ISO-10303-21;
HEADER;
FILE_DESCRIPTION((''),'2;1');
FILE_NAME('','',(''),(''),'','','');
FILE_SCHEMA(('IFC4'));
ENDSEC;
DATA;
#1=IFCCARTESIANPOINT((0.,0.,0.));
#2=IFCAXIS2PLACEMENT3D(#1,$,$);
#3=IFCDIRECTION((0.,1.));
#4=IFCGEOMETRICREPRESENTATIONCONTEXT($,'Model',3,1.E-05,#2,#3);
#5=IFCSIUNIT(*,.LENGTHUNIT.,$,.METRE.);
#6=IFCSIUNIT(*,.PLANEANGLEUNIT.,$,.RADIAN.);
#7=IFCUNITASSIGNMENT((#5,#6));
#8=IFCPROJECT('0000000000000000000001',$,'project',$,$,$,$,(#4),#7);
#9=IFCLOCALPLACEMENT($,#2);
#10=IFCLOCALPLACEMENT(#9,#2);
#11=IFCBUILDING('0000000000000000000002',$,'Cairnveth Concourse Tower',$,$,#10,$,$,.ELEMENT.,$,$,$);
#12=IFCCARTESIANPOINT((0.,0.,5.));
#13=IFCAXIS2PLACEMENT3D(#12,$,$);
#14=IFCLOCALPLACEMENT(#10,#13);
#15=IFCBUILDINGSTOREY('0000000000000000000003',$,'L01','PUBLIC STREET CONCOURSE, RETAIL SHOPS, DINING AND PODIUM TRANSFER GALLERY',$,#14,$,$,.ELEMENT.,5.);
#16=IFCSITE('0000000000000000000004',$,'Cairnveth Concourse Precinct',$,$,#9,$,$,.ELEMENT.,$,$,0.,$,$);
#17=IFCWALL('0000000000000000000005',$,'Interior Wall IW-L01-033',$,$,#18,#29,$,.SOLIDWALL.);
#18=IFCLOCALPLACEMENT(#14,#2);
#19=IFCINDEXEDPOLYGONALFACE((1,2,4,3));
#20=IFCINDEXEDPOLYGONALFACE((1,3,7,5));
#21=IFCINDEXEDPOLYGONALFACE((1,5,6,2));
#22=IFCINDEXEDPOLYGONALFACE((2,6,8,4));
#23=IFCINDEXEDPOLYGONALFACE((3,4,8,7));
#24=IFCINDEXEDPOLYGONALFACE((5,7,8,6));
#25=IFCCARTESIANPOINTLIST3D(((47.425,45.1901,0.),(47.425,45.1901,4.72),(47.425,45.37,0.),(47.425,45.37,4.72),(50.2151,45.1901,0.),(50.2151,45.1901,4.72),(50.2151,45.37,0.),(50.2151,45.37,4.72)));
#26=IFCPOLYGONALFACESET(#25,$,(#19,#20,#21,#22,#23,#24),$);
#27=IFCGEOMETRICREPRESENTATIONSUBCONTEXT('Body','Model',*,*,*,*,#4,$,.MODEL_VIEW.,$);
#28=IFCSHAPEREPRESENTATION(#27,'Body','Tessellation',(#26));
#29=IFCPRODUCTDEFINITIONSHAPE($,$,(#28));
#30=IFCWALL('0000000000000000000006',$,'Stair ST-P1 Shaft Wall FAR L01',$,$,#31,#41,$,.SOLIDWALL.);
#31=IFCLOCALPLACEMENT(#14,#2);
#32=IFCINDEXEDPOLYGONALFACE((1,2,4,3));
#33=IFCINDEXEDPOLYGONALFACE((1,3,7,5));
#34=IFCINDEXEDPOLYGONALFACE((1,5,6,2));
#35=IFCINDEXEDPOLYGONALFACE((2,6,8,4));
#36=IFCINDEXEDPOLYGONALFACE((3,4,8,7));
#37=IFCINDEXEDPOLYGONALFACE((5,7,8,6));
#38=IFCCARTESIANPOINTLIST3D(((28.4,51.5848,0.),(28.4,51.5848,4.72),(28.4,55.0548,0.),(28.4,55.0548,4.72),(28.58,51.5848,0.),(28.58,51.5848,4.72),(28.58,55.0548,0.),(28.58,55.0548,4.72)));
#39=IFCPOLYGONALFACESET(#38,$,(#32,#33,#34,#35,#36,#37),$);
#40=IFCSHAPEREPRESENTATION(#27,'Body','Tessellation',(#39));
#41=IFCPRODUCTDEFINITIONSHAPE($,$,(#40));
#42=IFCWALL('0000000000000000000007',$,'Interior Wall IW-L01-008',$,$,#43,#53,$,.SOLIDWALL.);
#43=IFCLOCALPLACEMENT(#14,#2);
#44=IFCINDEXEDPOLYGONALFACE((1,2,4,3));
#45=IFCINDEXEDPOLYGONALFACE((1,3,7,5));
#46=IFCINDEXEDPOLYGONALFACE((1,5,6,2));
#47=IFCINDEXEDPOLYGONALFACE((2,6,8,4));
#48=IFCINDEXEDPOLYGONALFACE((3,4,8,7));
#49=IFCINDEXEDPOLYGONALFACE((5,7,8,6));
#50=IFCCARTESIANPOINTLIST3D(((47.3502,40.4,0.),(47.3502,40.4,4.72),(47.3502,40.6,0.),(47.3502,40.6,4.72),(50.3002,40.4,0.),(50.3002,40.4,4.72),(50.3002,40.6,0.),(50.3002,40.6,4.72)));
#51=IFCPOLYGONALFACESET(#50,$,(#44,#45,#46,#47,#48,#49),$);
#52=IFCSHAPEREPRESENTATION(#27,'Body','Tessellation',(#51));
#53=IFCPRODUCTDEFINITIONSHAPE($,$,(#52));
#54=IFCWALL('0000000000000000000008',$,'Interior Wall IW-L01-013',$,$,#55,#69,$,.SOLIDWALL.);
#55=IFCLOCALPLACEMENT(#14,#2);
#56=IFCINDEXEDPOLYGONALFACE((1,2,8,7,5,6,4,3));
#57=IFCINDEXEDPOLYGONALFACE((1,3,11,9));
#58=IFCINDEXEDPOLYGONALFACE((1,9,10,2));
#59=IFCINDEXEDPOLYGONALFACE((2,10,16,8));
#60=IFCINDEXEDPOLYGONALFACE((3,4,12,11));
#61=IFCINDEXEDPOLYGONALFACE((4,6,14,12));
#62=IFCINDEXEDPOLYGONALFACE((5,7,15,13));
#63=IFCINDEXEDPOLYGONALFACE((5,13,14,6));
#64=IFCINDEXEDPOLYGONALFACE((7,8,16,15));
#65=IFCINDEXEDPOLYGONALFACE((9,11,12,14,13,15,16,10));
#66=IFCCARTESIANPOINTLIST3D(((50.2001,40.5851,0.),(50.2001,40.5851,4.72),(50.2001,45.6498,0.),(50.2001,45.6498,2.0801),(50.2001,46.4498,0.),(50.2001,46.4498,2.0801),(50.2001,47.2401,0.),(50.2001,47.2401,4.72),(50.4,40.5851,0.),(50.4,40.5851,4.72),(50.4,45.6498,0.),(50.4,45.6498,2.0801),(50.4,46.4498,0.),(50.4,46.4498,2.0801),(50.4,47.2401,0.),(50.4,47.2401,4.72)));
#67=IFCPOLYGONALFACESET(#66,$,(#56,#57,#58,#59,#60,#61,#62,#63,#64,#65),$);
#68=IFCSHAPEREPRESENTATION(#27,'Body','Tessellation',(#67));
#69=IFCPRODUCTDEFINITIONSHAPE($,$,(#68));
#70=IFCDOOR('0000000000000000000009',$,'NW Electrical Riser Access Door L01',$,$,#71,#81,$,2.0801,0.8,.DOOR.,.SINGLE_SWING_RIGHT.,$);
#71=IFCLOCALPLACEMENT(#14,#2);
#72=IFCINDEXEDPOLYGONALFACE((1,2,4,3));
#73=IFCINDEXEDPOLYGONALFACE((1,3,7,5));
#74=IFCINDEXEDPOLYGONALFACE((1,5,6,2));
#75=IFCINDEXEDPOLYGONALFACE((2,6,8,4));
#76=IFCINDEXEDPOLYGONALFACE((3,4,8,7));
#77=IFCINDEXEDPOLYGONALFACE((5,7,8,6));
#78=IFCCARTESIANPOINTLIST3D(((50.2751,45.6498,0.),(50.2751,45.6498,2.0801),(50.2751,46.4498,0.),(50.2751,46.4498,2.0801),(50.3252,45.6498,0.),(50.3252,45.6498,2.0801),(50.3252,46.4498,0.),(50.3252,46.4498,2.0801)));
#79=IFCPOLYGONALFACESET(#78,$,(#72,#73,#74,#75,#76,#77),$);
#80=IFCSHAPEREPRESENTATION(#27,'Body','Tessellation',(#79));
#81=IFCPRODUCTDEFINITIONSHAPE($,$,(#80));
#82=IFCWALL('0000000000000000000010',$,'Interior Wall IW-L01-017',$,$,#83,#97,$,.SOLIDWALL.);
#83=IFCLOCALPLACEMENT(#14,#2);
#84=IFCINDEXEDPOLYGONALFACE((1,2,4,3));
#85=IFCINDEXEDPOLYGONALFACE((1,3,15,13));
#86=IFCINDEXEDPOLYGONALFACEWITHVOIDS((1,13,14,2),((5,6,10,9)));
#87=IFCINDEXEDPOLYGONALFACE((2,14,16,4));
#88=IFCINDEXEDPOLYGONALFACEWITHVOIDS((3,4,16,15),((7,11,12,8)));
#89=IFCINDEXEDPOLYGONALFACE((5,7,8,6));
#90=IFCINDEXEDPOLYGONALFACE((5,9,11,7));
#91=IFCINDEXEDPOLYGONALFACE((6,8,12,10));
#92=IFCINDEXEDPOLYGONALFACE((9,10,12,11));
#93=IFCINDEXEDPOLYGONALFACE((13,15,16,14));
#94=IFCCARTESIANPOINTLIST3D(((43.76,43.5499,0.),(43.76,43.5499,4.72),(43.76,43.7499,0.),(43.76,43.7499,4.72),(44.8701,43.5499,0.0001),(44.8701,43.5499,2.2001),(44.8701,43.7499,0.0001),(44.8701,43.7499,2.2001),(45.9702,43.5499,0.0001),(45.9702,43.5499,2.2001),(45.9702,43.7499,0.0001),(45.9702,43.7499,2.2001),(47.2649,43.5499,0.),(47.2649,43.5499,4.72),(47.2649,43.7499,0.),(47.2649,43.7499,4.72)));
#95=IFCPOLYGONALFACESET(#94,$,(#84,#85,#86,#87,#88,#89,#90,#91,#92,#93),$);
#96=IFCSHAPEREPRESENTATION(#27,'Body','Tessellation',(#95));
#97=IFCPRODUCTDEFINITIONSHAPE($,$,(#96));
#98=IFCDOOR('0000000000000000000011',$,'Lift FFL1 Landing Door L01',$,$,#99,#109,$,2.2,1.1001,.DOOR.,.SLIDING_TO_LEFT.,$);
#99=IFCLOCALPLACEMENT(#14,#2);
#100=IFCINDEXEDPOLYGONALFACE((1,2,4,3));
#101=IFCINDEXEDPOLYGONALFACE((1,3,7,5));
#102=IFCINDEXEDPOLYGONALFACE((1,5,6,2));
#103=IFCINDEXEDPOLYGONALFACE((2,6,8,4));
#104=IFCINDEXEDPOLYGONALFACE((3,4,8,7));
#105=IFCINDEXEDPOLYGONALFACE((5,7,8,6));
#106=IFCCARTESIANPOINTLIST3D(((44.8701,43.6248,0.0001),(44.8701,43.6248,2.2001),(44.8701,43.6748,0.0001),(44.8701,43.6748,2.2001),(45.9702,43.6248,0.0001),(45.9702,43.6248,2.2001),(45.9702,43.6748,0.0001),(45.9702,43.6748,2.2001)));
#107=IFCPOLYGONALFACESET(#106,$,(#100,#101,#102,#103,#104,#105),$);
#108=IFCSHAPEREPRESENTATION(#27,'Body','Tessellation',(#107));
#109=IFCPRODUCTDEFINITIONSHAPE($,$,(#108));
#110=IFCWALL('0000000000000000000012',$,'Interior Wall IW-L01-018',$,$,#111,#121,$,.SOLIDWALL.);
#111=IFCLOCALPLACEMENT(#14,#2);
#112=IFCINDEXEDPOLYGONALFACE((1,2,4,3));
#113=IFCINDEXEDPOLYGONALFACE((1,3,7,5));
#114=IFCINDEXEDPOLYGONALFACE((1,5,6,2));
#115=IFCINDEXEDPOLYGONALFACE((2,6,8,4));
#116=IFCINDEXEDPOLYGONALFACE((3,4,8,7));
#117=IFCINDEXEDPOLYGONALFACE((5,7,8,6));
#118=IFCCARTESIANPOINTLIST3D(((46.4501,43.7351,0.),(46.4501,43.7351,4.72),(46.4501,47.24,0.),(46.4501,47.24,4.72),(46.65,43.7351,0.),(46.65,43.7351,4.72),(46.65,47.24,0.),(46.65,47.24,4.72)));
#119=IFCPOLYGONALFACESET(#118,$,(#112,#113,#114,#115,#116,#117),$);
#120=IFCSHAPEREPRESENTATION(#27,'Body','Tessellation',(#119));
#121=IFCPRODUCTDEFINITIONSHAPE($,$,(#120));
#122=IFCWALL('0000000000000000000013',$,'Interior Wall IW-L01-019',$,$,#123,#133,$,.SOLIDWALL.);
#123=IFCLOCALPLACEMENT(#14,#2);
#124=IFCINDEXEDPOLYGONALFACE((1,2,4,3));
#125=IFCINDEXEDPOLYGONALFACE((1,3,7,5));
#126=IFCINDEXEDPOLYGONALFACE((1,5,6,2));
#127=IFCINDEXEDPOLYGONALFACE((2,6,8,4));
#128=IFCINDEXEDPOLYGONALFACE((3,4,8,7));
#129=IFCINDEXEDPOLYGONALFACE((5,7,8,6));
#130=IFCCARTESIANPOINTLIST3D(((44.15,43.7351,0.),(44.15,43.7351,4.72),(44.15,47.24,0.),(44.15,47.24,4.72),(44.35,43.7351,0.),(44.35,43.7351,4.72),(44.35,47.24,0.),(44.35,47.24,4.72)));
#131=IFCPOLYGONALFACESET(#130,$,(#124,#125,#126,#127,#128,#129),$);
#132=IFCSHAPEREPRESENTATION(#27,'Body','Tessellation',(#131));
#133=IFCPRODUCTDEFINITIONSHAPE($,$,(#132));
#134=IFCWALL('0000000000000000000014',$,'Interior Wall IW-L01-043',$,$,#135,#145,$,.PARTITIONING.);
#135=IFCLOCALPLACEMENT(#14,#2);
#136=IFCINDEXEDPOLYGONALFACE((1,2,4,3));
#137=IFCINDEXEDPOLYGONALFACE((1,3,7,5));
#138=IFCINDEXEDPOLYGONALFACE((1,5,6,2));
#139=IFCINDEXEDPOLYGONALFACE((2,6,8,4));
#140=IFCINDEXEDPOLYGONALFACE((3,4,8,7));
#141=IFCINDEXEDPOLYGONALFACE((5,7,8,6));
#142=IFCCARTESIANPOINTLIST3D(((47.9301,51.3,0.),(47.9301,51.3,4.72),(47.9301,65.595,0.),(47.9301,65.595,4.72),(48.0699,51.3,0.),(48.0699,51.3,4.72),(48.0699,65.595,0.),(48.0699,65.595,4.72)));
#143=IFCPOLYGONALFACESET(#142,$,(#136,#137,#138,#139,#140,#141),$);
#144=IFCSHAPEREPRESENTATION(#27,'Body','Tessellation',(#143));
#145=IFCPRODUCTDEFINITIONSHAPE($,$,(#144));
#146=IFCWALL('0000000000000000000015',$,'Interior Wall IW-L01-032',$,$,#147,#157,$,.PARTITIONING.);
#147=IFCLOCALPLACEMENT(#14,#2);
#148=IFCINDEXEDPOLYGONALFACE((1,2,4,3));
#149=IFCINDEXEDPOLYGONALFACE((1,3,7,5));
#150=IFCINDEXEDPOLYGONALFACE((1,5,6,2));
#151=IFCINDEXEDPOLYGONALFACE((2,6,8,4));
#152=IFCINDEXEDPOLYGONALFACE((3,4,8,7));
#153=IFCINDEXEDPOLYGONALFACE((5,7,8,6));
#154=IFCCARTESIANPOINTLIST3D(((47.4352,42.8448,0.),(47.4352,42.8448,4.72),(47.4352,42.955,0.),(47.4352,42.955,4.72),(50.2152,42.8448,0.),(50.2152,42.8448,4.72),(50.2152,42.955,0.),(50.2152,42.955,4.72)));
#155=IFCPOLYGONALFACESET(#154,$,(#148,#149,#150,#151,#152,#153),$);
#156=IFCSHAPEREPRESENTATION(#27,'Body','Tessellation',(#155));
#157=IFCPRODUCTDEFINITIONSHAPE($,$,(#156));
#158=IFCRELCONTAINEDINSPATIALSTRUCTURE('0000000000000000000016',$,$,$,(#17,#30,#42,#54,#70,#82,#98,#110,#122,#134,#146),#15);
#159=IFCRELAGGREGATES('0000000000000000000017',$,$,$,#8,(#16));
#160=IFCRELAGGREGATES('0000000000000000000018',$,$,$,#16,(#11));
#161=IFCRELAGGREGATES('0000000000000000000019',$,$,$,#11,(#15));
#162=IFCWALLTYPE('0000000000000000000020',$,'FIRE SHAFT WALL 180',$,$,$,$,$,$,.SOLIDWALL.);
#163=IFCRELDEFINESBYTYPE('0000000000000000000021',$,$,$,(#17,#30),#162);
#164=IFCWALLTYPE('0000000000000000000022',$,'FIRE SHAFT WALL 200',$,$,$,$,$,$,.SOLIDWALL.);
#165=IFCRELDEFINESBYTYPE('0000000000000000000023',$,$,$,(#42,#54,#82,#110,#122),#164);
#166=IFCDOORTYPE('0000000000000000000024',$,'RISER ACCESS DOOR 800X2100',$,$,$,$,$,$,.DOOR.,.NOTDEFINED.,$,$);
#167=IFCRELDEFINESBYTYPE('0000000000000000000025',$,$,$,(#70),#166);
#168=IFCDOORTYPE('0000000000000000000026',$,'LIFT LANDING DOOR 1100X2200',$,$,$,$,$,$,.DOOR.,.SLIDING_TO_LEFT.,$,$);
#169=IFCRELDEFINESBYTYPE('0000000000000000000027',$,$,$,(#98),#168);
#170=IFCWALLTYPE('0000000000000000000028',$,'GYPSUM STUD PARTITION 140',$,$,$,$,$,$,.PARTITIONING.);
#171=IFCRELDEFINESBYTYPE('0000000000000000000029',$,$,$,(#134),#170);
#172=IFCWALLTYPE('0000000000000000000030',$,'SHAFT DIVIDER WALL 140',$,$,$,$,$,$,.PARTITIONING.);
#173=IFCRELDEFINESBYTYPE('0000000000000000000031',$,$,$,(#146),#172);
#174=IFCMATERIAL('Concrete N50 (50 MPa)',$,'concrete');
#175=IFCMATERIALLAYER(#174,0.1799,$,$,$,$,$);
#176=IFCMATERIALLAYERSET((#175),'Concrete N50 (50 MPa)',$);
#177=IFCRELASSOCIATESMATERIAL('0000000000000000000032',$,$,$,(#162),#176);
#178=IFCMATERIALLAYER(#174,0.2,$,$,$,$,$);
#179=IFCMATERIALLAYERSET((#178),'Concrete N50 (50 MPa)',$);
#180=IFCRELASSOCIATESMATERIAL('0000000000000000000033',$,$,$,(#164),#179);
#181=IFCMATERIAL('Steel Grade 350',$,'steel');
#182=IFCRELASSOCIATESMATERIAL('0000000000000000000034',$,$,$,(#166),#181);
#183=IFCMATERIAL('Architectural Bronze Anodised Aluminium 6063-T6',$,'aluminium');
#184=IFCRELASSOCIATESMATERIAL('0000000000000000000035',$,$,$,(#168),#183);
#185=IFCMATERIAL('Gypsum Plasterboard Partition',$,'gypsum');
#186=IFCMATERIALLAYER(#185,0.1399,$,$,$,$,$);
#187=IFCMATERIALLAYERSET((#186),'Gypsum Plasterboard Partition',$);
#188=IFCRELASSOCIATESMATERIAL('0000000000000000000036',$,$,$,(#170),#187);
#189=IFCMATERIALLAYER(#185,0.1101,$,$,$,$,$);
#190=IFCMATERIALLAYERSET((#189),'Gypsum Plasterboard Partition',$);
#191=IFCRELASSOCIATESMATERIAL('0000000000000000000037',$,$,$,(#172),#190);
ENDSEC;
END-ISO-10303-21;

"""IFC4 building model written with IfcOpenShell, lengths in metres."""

from ifc_helpers import new_model, si_unit, direction, frame, frame_2d, origin, place, context, subcontext, project, spatial, rectangle, extrude, material, layer, layer_set, type_object, element, fill, save


model = new_model("IFC4")

# Units and contexts
model_context = context("Model", 3, precision=1e-05, world=origin(), true_north=direction((0.0, 1.0)))
body_context = subcontext(model_context, "Body", "Model", "MODEL_VIEW")
ifc_project = project(units=[si_unit("LENGTHUNIT", "METRE"), si_unit("PLANEANGLEUNIT", "RADIAN")], contexts=[model_context])

# Site, building, storey
site_placement = place(None, origin())
site = spatial("IfcSite", under=ifc_project, at=site_placement, Name="Cairnveth Concourse Precinct", CompositionType="ELEMENT", RefElevation=0.0)
building_placement = place(site_placement, origin())
building = spatial("IfcBuilding", under=site, at=building_placement, Name="Cairnveth Concourse Tower", CompositionType="ELEMENT")
storey_placement = place(building_placement, frame((0.0, 0.0, 5.0)))
storey = spatial("IfcBuildingStorey", under=building, at=storey_placement, Name="L01", Description="PUBLIC STREET CONCOURSE, RETAIL SHOPS, DINING AND PODIUM TRANSFER GALLERY", CompositionType="ELEMENT", Elevation=5.0)

# Shared definitions
ifc_material_1 = material(Name="Steel Grade 350", Category="steel")

# Walls
ifc_material_2 = material(Name="Concrete N50 (50 MPa)", Category="concrete")
ifc_layer_1 = layer(ifc_material_2, 0.1799)
ifc_layer_set_1 = layer_set([ifc_layer_1], Name="Concrete N50 (50 MPa)")
wall_type_1 = type_object("IfcWallType", Name="FIRE SHAFT WALL 180", PredefinedType="SOLIDWALL", material=ifc_layer_set_1)
wall_1_placement = place(storey_placement, frame((47.425, 45.28, 0.0), z_axis=(0.0, 0.0, 1.0), x_axis=(1.0, 0.0, 0.0)))
element("IfcWall", 1, at=wall_1_placement, inside=storey, type_object=wall_type_1, Name="Interior Wall IW-L01-033", PredefinedType="SOLIDWALL", context=body_context, shape_type="SweptSolid", body=[
    extrude(rectangle(XDim=2.79, YDim=0.1799, at=frame_2d((1.395, 0.0))), origin(), (0.0, 0.0, 1.0), 4.72),
])
wall_2_placement = place(storey_placement, frame((28.49, 51.585, 0.0), z_axis=(0.0, 0.0, 1.0), x_axis=(0.0, 1.0, 0.0)))
element("IfcWall", 2, at=wall_2_placement, inside=storey, type_object=wall_type_1, Name="Stair ST-P1 Shaft Wall FAR L01", PredefinedType="SOLIDWALL", context=body_context, shape_type="SweptSolid", body=[
    extrude(rectangle(XDim=3.47, YDim=0.1799, at=frame_2d((1.7349, 0.0))), origin(), (0.0, 0.0, 1.0), 4.72),
])
ifc_layer_2 = layer(ifc_material_2, 0.2)
ifc_layer_set_2 = layer_set([ifc_layer_2], Name="Concrete N50 (50 MPa)")
wall_type_2 = type_object("IfcWallType", Name="FIRE SHAFT WALL 200", PredefinedType="SOLIDWALL", material=ifc_layer_set_2)
wall_3_placement = place(storey_placement, frame((47.3501, 40.5, 0.0), z_axis=(0.0, 0.0, 1.0), x_axis=(1.0, 0.0, 0.0)))
element("IfcWall", 3, at=wall_3_placement, inside=storey, type_object=wall_type_2, Name="Interior Wall IW-L01-008", PredefinedType="SOLIDWALL", context=body_context, shape_type="SweptSolid", body=[
    extrude(rectangle(XDim=2.95, YDim=0.2, at=frame_2d((1.4751, 0.0))), origin(), (0.0, 0.0, 1.0), 4.72),
])

# Walls, openings, doors
wall_4_placement = place(storey_placement, frame((50.3, 40.585, 0.0), z_axis=(0.0, 0.0, 1.0), x_axis=(0.0, 1.0, 0.0)))
wall_4 = element("IfcWall", 4, at=wall_4_placement, inside=storey, type_object=wall_type_2, Name="Interior Wall IW-L01-013", PredefinedType="SOLIDWALL", context=body_context, shape_type="SweptSolid", body=[
    extrude(rectangle(XDim=6.655, YDim=0.2, at=frame_2d((3.3276, 0.0))), origin(), (0.0, 0.0, 1.0), 4.72),
])
opening_1_placement = place(wall_4_placement, frame((5.0649, 0.0, 0.0)))
opening_1 = element("IfcOpeningElement", 5, at=opening_1_placement, cuts=wall_4, PredefinedType="OPENING", context=body_context, shape_type="SweptSolid", body=[
    extrude(rectangle(XDim=0.8, YDim=2.0801, at=frame_2d((0.3999, 1.04))), frame((0.0, 0.1099, 0.0), z_axis=(0.0, -1.0, 0.0), x_axis=(1.0, 0.0, 0.0)), (0.0, 0.0, 1.0), 0.22),
])
door_type_1 = type_object("IfcDoorType", Name="RISER ACCESS DOOR 800X2100", OperationType="NOTDEFINED", PredefinedType="DOOR", material=ifc_material_1)
door_1_placement = place(opening_1_placement, origin())
door_1 = element("IfcDoor", 6, at=door_1_placement, inside=storey, type_object=door_type_1, Name="NW Electrical Riser Access Door L01", OperationType="SINGLE_SWING_RIGHT", OverallHeight=2.0801, OverallWidth=0.8, PredefinedType="DOOR", context=body_context, shape_type="SweptSolid", body=[
    extrude(rectangle(XDim=0.8, YDim=2.0801, at=frame_2d((0.3999, 1.04))), frame((0.0, 0.0249, 0.0), z_axis=(0.0, -1.0, 0.0), x_axis=(1.0, 0.0, 0.0)), (0.0, 0.0, 1.0), 0.05),
])
fill(opening_1, door_1)
wall_5_placement = place(storey_placement, frame((43.76, 43.6499, 0.0), z_axis=(0.0, 0.0, 1.0), x_axis=(1.0, 0.0, 0.0)))
wall_5 = element("IfcWall", 7, at=wall_5_placement, inside=storey, type_object=wall_type_2, Name="Interior Wall IW-L01-017", PredefinedType="SOLIDWALL", context=body_context, shape_type="SweptSolid", body=[
    extrude(rectangle(XDim=3.5049, YDim=0.2, at=frame_2d((1.7524, 0.0))), origin(), (0.0, 0.0, 1.0), 4.72),
])
opening_2_placement = place(wall_5_placement, frame((1.1101, 0.0, 0.0)))
opening_2 = element("IfcOpeningElement", 8, at=opening_2_placement, cuts=wall_5, PredefinedType="OPENING", context=body_context, shape_type="SweptSolid", body=[
    extrude(rectangle(XDim=1.1001, YDim=2.2, at=frame_2d((0.55, 1.1001))), frame((0.0, 0.1099, 0.0), z_axis=(0.0, -1.0, 0.0), x_axis=(1.0, 0.0, 0.0)), (0.0, 0.0, 1.0), 0.22),
])
ifc_material_3 = material(Name="Architectural Bronze Anodised Aluminium 6063-T6", Category="aluminium")
door_type_2 = type_object("IfcDoorType", Name="LIFT LANDING DOOR 1100X2200", OperationType="SLIDING_TO_LEFT", PredefinedType="DOOR", material=ifc_material_3)
door_2_placement = place(opening_2_placement, origin())
door_2 = element("IfcDoor", 9, at=door_2_placement, inside=storey, type_object=door_type_2, Name="Lift FFL1 Landing Door L01", OperationType="SLIDING_TO_LEFT", OverallHeight=2.2, OverallWidth=1.1001, PredefinedType="DOOR", context=body_context, shape_type="SweptSolid", body=[
    extrude(rectangle(XDim=1.1001, YDim=2.2, at=frame_2d((0.55, 1.1001))), frame((0.0, 0.0249, 0.0), z_axis=(0.0, -1.0, 0.0), x_axis=(1.0, 0.0, 0.0)), (0.0, 0.0, 1.0), 0.05),
])
fill(opening_2, door_2)

# Walls
for number, where, z_axis, x_axis, name in (
    (10, (46.55, 43.7351, 0.0), (0.0, 0.0, 1.0), (0.0, 1.0, 0.0), "Interior Wall IW-L01-018"),
    (11, (44.25, 43.7351, 0.0), (0.0, 0.0, 1.0), (0.0, 1.0, 0.0), "Interior Wall IW-L01-019"),
):
    element("IfcWall", number, at=place(storey_placement, frame(where, z_axis=z_axis, x_axis=x_axis)), inside=storey, type_object=wall_type_2, Name=name, PredefinedType="SOLIDWALL", context=body_context, shape_type="SweptSolid", body=[
        extrude(rectangle(XDim=3.5049, YDim=0.2, at=frame_2d((1.7524, 0.0))), origin(), (0.0, 0.0, 1.0), 4.72),
    ])
ifc_material_4 = material(Name="Gypsum Plasterboard Partition", Category="gypsum")
ifc_layer_3 = layer(ifc_material_4, 0.1399)
ifc_layer_set_3 = layer_set([ifc_layer_3], Name="Gypsum Plasterboard Partition")
wall_type_3 = type_object("IfcWallType", Name="GYPSUM STUD PARTITION 140", PredefinedType="PARTITIONING", material=ifc_layer_set_3)
wall_6_placement = place(storey_placement, frame((48.0, 51.3, 0.0), z_axis=(0.0, 0.0, 1.0), x_axis=(0.0, 1.0, 0.0)))
element("IfcWall", 12, at=wall_6_placement, inside=storey, type_object=wall_type_3, Name="Interior Wall IW-L01-043", PredefinedType="PARTITIONING", context=body_context, shape_type="SweptSolid", body=[
    extrude(rectangle(XDim=14.2949, YDim=0.1399, at=frame_2d((7.1475, 0.0))), origin(), (0.0, 0.0, 1.0), 4.72),
])
ifc_layer_4 = layer(ifc_material_4, 0.1101)
ifc_layer_set_4 = layer_set([ifc_layer_4], Name="Gypsum Plasterboard Partition")
wall_type_4 = type_object("IfcWallType", Name="SHAFT DIVIDER WALL 140", PredefinedType="PARTITIONING", material=ifc_layer_set_4)
wall_7_placement = place(storey_placement, frame((47.4351, 42.8999, 0.0), z_axis=(0.0, 0.0, 1.0), x_axis=(1.0, 0.0, 0.0)))
element("IfcWall", 13, at=wall_7_placement, inside=storey, type_object=wall_type_4, Name="Interior Wall IW-L01-032", PredefinedType="PARTITIONING", context=body_context, shape_type="SweptSolid", body=[
    extrude(rectangle(XDim=2.78, YDim=0.1101, at=frame_2d((1.3901, 0.0))), origin(), (0.0, 0.0, 1.0), 4.72),
])

save(model, "model.ifc")
